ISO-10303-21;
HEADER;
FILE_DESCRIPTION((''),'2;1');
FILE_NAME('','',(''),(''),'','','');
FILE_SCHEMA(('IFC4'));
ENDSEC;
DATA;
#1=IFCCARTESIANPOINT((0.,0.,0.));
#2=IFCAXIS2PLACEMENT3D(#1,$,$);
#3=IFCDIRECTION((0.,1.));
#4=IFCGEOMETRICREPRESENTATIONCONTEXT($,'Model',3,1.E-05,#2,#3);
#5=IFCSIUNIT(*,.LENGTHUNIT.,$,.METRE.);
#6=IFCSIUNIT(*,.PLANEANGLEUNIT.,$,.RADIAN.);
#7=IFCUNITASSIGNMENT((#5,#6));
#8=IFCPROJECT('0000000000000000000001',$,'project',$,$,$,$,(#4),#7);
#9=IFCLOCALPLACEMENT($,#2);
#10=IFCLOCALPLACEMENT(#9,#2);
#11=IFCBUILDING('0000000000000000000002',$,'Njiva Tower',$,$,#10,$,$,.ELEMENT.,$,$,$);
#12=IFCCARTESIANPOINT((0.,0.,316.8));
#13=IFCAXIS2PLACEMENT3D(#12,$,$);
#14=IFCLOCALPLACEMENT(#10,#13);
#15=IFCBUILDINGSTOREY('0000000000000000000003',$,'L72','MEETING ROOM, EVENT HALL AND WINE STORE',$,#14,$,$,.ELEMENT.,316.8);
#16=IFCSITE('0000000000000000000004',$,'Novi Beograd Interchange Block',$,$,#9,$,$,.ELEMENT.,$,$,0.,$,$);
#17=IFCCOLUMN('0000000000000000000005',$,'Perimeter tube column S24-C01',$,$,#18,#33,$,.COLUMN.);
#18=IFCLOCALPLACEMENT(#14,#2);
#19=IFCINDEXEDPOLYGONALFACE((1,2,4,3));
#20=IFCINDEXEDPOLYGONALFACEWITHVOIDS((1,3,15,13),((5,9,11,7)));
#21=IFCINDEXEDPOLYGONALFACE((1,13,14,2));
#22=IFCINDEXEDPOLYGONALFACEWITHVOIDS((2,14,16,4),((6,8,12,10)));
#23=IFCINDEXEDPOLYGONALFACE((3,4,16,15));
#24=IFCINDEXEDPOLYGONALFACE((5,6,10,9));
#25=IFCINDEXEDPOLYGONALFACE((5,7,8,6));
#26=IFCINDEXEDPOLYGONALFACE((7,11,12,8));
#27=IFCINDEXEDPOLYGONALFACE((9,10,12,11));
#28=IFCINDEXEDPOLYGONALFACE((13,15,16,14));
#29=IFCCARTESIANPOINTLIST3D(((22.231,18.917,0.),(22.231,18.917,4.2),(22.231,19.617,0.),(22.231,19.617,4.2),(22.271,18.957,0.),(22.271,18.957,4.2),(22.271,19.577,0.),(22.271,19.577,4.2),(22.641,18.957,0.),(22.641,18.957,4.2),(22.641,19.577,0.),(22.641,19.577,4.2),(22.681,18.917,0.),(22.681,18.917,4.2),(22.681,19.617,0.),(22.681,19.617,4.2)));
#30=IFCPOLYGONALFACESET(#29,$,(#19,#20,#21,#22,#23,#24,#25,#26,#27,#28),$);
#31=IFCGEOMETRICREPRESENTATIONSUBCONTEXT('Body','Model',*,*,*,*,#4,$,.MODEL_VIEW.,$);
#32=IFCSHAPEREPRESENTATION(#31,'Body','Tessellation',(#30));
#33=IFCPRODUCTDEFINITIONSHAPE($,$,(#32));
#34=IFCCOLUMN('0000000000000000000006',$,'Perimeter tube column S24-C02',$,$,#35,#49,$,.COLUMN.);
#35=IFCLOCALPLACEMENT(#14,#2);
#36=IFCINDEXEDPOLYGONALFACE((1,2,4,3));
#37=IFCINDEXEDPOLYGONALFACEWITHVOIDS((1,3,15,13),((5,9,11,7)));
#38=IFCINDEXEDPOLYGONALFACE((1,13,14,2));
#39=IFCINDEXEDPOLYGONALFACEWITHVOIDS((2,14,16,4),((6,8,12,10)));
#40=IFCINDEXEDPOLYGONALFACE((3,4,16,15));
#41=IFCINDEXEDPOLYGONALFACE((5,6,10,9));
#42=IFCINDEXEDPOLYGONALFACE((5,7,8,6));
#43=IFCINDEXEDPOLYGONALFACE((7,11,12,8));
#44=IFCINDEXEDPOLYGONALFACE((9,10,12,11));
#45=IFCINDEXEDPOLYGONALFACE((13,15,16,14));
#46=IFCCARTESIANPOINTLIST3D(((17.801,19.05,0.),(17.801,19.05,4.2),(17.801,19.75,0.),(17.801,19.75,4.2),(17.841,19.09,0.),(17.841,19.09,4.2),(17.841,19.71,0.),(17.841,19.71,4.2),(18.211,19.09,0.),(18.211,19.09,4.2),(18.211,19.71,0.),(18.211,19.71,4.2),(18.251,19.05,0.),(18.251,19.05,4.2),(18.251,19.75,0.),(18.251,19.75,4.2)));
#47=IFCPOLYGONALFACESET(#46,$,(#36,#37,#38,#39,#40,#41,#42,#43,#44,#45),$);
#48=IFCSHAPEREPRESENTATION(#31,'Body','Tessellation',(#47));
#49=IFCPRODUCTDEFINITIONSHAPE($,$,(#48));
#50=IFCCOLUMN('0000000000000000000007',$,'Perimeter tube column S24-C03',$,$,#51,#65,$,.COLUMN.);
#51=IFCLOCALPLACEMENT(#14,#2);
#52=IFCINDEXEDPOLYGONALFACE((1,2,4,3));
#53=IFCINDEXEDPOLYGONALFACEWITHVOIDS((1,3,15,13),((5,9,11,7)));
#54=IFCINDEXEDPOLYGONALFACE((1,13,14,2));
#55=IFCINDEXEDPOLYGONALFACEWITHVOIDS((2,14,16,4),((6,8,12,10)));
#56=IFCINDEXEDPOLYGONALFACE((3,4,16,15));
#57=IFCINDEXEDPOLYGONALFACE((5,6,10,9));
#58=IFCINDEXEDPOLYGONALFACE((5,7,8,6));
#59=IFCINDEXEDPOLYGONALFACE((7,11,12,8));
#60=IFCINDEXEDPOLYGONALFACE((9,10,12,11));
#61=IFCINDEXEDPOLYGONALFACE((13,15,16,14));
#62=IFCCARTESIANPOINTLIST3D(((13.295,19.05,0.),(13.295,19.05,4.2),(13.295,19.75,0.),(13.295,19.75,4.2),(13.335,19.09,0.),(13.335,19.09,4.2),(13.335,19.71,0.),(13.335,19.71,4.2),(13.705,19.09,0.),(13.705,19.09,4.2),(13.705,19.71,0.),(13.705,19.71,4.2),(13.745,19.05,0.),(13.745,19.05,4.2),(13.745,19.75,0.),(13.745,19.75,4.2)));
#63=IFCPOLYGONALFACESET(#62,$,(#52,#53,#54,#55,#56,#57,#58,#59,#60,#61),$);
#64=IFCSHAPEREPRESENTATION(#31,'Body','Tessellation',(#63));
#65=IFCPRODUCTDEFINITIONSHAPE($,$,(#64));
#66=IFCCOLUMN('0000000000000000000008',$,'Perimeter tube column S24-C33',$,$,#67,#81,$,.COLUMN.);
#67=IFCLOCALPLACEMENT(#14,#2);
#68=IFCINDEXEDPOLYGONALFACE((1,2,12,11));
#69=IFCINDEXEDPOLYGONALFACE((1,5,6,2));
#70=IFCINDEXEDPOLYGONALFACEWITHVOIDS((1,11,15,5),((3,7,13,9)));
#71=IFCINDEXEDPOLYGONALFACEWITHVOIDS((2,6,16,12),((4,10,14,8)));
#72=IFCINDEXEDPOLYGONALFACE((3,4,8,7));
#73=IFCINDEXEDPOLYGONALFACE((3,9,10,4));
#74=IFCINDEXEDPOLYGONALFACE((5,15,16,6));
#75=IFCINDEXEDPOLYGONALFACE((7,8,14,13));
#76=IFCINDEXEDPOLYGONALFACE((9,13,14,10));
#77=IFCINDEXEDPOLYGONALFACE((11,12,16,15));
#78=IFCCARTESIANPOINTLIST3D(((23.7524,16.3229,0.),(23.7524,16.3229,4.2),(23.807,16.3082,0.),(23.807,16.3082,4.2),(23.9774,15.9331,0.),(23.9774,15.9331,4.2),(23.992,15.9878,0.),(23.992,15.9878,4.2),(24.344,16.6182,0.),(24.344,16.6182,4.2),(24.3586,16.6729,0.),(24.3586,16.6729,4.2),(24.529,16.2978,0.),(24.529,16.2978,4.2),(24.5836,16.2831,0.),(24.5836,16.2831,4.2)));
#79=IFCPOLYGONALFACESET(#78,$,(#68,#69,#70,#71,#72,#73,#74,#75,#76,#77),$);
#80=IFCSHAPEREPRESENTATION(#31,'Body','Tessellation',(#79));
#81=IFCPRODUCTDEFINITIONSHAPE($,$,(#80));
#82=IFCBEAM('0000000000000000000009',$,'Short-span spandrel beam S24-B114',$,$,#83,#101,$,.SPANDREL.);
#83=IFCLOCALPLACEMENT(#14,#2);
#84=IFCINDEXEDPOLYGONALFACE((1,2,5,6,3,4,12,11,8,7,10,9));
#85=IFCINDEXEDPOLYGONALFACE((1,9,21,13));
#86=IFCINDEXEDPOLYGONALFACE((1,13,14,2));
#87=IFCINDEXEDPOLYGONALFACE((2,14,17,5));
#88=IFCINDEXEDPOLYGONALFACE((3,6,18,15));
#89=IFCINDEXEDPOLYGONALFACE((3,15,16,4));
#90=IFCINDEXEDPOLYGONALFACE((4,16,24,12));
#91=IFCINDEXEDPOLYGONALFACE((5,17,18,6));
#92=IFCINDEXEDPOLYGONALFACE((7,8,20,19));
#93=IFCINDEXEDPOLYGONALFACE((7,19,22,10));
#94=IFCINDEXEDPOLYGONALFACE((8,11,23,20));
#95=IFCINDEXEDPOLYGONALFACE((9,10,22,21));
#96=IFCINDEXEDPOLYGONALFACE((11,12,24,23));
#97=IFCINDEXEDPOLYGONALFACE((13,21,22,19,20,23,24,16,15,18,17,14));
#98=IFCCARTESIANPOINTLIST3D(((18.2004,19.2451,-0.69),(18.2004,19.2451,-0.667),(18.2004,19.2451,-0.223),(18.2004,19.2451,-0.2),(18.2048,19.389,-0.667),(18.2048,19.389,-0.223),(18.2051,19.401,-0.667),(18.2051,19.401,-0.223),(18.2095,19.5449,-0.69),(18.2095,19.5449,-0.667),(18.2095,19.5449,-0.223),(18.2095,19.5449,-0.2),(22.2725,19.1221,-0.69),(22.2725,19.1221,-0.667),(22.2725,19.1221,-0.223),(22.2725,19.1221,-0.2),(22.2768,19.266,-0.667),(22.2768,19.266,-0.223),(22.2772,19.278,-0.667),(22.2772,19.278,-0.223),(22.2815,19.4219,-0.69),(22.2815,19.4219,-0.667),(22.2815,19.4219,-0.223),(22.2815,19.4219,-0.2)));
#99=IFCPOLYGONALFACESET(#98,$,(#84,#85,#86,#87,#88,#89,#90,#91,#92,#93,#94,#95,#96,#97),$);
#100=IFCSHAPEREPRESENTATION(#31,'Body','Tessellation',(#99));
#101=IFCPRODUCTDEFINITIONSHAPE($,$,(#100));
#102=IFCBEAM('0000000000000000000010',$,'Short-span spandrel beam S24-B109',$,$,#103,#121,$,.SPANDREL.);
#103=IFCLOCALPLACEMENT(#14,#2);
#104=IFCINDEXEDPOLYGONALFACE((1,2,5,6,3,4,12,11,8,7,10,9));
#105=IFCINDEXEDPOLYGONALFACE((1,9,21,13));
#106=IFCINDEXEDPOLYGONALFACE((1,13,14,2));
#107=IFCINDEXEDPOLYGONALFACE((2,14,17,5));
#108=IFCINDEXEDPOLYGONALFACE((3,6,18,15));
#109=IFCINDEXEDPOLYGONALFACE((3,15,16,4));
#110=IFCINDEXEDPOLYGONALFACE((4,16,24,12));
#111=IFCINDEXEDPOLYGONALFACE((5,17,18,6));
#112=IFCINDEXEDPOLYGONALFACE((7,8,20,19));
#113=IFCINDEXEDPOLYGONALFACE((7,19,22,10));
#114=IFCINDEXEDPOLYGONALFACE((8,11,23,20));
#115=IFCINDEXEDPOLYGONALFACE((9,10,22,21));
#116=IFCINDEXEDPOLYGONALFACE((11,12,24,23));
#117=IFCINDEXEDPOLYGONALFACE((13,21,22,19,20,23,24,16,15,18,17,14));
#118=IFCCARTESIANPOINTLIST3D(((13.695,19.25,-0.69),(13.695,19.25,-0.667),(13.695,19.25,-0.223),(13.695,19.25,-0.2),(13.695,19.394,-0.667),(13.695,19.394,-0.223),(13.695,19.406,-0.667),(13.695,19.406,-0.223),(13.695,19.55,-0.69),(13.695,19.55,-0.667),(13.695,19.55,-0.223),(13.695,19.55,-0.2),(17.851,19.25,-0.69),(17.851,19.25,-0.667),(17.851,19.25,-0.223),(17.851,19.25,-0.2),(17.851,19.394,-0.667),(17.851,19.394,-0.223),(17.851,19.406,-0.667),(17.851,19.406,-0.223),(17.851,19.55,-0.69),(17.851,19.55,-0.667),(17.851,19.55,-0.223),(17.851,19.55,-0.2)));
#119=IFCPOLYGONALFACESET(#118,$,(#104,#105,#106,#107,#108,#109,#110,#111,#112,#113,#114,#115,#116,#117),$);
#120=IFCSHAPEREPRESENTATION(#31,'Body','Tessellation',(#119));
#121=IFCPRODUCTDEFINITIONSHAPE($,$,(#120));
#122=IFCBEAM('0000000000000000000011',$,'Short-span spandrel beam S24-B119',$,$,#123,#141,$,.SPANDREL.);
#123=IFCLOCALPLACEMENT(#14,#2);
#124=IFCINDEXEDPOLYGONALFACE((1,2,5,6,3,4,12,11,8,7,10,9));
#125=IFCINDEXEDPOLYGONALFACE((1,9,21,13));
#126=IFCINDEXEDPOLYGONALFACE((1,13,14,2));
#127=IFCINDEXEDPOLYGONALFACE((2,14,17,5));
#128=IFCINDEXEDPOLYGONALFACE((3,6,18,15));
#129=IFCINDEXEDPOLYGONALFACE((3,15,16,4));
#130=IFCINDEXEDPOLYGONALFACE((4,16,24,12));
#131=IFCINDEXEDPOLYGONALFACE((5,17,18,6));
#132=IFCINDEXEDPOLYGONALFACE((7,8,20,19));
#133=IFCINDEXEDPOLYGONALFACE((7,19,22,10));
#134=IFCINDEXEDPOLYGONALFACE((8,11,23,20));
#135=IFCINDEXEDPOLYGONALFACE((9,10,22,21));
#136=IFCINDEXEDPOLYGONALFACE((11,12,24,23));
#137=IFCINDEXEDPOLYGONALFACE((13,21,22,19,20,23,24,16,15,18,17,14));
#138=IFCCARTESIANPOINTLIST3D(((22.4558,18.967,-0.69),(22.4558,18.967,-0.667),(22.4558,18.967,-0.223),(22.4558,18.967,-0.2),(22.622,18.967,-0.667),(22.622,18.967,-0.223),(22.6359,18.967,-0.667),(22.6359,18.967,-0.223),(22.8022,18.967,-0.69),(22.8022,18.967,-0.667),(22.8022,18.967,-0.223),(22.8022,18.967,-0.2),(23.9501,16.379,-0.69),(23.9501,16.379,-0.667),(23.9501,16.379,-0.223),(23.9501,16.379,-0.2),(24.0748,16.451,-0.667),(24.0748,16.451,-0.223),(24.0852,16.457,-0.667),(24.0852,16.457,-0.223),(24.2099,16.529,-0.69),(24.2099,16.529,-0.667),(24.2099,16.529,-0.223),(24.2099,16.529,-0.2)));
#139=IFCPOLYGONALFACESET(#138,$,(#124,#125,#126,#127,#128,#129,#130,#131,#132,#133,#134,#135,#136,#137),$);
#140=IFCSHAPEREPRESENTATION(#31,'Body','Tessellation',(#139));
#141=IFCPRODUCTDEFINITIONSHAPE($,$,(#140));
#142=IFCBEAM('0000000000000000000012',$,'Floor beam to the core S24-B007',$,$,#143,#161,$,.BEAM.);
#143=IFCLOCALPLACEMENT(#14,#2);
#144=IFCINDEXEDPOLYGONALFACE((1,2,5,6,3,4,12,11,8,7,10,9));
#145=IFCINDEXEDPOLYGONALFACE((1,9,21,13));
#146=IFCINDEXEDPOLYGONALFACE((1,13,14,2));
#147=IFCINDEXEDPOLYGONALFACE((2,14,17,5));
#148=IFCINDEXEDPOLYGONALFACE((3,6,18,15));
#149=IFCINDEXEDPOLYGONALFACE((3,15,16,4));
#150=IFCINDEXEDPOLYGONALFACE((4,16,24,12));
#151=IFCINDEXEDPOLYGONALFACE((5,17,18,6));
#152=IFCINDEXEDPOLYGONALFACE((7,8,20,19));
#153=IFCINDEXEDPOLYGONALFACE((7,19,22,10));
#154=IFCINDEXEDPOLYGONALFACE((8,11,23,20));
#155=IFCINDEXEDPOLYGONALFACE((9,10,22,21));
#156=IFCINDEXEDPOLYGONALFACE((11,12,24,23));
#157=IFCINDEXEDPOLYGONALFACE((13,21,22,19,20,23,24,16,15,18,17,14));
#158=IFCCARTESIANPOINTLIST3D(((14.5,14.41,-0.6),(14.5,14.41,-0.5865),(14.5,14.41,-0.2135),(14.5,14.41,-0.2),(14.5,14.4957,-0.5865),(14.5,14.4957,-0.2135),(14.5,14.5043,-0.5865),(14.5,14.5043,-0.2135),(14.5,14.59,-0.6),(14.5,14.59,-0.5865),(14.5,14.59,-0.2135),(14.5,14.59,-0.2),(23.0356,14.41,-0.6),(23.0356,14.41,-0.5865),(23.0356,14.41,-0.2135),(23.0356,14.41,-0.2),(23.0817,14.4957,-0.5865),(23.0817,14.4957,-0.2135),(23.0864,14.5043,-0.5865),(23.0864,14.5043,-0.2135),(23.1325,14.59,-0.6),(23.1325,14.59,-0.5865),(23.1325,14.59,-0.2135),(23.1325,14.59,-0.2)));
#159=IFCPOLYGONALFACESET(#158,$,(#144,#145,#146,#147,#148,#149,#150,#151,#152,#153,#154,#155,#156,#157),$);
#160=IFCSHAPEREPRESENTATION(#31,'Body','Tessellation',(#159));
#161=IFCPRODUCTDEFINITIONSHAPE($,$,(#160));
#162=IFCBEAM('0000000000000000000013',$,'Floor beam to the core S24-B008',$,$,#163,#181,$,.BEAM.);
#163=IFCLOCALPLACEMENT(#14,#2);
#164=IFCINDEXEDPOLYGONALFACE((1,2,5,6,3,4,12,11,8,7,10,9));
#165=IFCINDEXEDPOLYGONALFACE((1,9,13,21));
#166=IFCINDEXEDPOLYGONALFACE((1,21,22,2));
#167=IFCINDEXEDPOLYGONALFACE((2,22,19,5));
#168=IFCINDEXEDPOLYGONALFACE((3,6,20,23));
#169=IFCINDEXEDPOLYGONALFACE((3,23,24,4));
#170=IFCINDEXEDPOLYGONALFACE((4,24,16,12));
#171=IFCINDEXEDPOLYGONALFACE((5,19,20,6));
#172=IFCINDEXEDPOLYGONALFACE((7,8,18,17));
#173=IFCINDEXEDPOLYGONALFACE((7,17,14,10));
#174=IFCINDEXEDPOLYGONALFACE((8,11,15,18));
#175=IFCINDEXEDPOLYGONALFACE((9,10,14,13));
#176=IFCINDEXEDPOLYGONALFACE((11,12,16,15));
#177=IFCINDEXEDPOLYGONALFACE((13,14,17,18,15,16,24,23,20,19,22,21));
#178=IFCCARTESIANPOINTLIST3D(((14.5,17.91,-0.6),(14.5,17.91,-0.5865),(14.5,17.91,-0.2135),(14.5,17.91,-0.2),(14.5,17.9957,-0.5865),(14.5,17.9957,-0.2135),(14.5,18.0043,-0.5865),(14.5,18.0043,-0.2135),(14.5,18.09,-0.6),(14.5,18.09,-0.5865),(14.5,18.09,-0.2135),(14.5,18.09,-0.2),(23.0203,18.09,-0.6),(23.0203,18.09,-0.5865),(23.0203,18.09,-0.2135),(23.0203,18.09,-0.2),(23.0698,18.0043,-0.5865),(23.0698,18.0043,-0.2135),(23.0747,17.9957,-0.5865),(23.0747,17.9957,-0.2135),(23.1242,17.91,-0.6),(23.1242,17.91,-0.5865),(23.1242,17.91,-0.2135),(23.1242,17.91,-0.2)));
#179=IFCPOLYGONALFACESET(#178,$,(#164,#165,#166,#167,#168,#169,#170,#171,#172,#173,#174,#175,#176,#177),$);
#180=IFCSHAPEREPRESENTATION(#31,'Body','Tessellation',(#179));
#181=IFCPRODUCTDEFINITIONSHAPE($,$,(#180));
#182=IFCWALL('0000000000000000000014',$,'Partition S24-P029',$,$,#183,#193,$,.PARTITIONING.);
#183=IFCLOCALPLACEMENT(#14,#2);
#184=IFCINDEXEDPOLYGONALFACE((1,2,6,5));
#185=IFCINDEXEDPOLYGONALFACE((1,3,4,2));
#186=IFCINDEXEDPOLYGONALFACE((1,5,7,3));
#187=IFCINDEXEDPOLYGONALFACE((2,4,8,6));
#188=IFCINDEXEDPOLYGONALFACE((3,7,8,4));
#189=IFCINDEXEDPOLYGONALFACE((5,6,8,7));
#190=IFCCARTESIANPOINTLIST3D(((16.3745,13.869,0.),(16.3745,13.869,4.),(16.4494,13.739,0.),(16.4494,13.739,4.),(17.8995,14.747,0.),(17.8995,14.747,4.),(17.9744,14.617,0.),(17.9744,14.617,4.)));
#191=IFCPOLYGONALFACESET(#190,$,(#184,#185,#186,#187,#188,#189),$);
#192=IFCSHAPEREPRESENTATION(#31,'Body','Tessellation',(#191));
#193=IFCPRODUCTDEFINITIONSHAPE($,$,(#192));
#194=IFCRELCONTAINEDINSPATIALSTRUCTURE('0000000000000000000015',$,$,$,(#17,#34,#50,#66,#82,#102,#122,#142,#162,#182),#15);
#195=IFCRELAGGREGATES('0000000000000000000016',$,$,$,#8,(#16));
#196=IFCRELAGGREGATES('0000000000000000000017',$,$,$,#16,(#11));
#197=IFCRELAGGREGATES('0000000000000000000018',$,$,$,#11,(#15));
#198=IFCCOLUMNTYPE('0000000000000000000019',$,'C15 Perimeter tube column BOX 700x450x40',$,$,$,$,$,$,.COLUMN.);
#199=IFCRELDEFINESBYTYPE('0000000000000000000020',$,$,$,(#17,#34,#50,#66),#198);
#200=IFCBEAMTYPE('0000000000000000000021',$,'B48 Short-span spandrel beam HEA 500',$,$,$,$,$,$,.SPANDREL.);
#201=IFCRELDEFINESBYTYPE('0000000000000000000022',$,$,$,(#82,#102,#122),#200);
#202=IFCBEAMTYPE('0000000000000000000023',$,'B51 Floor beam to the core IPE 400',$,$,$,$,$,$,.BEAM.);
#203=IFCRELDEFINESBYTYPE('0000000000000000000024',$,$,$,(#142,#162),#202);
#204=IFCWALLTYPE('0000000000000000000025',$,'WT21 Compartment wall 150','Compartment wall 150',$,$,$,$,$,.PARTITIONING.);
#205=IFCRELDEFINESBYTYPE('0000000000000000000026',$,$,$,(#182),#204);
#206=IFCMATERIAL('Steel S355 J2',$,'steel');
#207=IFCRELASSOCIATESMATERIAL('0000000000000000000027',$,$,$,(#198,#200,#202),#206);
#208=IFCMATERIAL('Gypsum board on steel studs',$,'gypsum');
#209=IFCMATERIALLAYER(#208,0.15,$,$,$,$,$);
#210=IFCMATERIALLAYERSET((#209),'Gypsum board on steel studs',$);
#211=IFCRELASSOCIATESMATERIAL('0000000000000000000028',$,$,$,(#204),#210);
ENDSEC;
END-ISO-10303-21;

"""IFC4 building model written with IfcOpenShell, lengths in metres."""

from ifc_helpers import new_model, si_unit, direction, frame, frame_2d, origin, origin_2d, place, context, subcontext, project, spatial, rectangle, hollow_rectangle, i_section, extrude, clip, halfspace, material, layer, layer_set, material_profile, profile_set, type_object, element, save


model = new_model("IFC4")

# Units and contexts
model_context = context("Model", 3, precision=1e-05, world=origin(), true_north=direction((0.0, 1.0)))
body_context = subcontext(model_context, "Body", "Model", "MODEL_VIEW")
ifc_project = project(units=[si_unit("LENGTHUNIT", "METRE"), si_unit("PLANEANGLEUNIT", "RADIAN")], contexts=[model_context])

# Site, building, storey
site_placement = place(None, origin())
site = spatial("IfcSite", under=ifc_project, at=site_placement, Name="Novi Beograd Interchange Block", CompositionType="ELEMENT", RefElevation=0.0)
building_placement = place(site_placement, origin())
building = spatial("IfcBuilding", under=site, at=building_placement, Name="Njiva Tower", CompositionType="ELEMENT")
storey_placement = place(building_placement, frame((0.0, 0.0, 316.8)))
storey = spatial("IfcBuildingStorey", under=building, at=storey_placement, Name="L72", Description="MEETING ROOM, EVENT HALL AND WINE STORE", CompositionType="ELEMENT", Elevation=316.8)

# Columns
ifc_material_1 = material(Name="Steel S355 J2", Category="steel")
ifc_material_profile_1 = material_profile(ifc_material_1, hollow_rectangle(XDim=0.45, YDim=0.7, WallThickness=0.04, at=origin_2d()), Name="BOX 700x450x40")
ifc_profile_set_1 = profile_set([ifc_material_profile_1], Name="Steel S355 J2")
column_type = type_object("IfcColumnType", Name="C15 Perimeter tube column BOX 700x450x40", PredefinedType="COLUMN", material=ifc_profile_set_1)
for number, where, z_axis, x_axis, name in (
    (1, (22.456, 19.267, 0.0), (0.0, 0.0, 1.0), (-1.0, 0.0, 0.0), "Perimeter tube column S24-C01"),
    (2, (18.026, 19.4, 0.0), (0.0, 0.0, 1.0), (-1.0, 0.0, 0.0), "Perimeter tube column S24-C02"),
    (3, (13.52, 19.4, 0.0), (0.0, 0.0, 1.0), (-1.0, 0.0, 0.0), "Perimeter tube column S24-C03"),
    (4, (24.168, 16.303, 0.0), (0.0, 0.0, 1.0), (-0.5, 0.866025, 0.0), "Perimeter tube column S24-C33"),
):
    element("IfcColumn", number, at=place(storey_placement, frame(where, z_axis=z_axis, x_axis=x_axis)), inside=storey, type_object=column_type, Name=name, PredefinedType="COLUMN", context=body_context, shape_type="SweptSolid", body=[
        extrude(hollow_rectangle(XDim=0.45, YDim=0.7, WallThickness=0.04, at=origin_2d()), origin(), (0.0, 0.0, 1.0), 4.2),
    ])

# Beams
ifc_material_profile_2 = material_profile(ifc_material_1, i_section(OverallWidth=0.3, OverallDepth=0.49, WebThickness=0.012, FlangeThickness=0.023, at=origin_2d()), Name="HEA 500")
ifc_profile_set_2 = profile_set([ifc_material_profile_2], Name="Steel S355 J2")
beam_type_1 = type_object("IfcBeamType", Name="B48 Short-span spandrel beam HEA 500", PredefinedType="SPANDREL", material=ifc_profile_set_2)
beam_1_placement = place(storey_placement, frame((22.277, 19.272, -0.445), z_axis=(-0.999544, 0.030193, 0.0), x_axis=(-0.030193, -0.999544, 0.0)))
element("IfcBeam", 5, at=beam_1_placement, inside=storey, type_object=beam_type_1, Name="Short-span spandrel beam S24-B114", PredefinedType="SPANDREL", context=body_context, shape_type="SweptSolid", body=[
    extrude(i_section(OverallWidth=0.3, OverallDepth=0.49, WebThickness=0.012, FlangeThickness=0.023, at=origin_2d()), origin(), (0.0, 0.0, 1.0), 4.0739),
])
beam_2_placement = place(storey_placement, frame((17.851, 19.4, -0.445), z_axis=(-1.0, 0.0, 0.0), x_axis=(0.0, -1.0, 0.0)))
element("IfcBeam", 6, at=beam_2_placement, inside=storey, type_object=beam_type_1, Name="Short-span spandrel beam S24-B109", PredefinedType="SPANDREL", context=body_context, shape_type="SweptSolid", body=[
    extrude(i_section(OverallWidth=0.3, OverallDepth=0.49, WebThickness=0.012, FlangeThickness=0.023, at=origin_2d()), origin(), (0.0, 0.0, 1.0), 4.156),
])
beam_3_placement = place(storey_placement, frame((24.08, 16.454, -0.445), z_axis=(-0.500031, 0.866008, 0.0), x_axis=(-0.866008, -0.500031, 0.0)))
element("IfcBeam", 7, at=beam_3_placement, inside=storey, type_object=beam_type_1, Name="Short-span spandrel beam S24-B119", PredefinedType="SPANDREL", context=body_context, shape_type="Clipping", body=[
    clip(extrude(i_section(OverallWidth=0.3, OverallDepth=0.49, WebThickness=0.012, FlangeThickness=0.023, at=origin_2d()), origin(), (0.0, 0.0, 1.0), 3.0088), halfspace(frame((-0.0254, 0.0, 2.8872), z_axis=(-0.500031, 0.0, 0.866008), x_axis=(0.0, 1.0, 0.0)), False)),
])
ifc_material_profile_3 = material_profile(ifc_material_1, i_section(OverallWidth=0.18, OverallDepth=0.4, WebThickness=0.0086, FlangeThickness=0.0135, at=origin_2d()), Name="IPE 400")
ifc_profile_set_3 = profile_set([ifc_material_profile_3], Name="Steel S355 J2")
beam_type_2 = type_object("IfcBeamType", Name="B51 Floor beam to the core IPE 400", PredefinedType="BEAM", material=ifc_profile_set_3)
beam_4_placement = place(storey_placement, frame((14.5, 14.5, -0.4), z_axis=(1.0, 0.0, 0.0), x_axis=(0.0, 1.0, 0.0)))
element("IfcBeam", 8, at=beam_4_placement, inside=storey, type_object=beam_type_2, Name="Floor beam to the core S24-B007", PredefinedType="BEAM", context=body_context, shape_type="Clipping", body=[
    clip(extrude(i_section(OverallWidth=0.18, OverallDepth=0.4, WebThickness=0.0086, FlangeThickness=0.0135, at=origin_2d()), origin(), (0.0, 0.0, 1.0), 8.652), halfspace(frame((-0.0237, 0.0, 8.5713), z_axis=(-0.473762, 0.0, 0.880653), x_axis=(0.0, 1.0, 0.0)), False)),
])
beam_5_placement = place(storey_placement, frame((14.5, 18.0, -0.4), z_axis=(1.0, 0.0, 0.0), x_axis=(0.0, 1.0, 0.0)))
element("IfcBeam", 9, at=beam_5_placement, inside=storey, type_object=beam_type_2, Name="Floor beam to the core S24-B008", PredefinedType="BEAM", context=body_context, shape_type="Clipping", body=[
    clip(extrude(i_section(OverallWidth=0.18, OverallDepth=0.4, WebThickness=0.0086, FlangeThickness=0.0135, at=origin_2d()), origin(), (0.0, 0.0, 1.0), 8.644), halfspace(frame((0.025, 0.0, 8.5578), z_axis=(0.499998, 0.0, 0.866027), x_axis=(0.0, 1.0, 0.0)), False)),
])

# Wall
ifc_material_2 = material(Name="Gypsum board on steel studs", Category="gypsum")
ifc_layer_1 = layer(ifc_material_2, 0.15)
ifc_layer_set_1 = layer_set([ifc_layer_1], Name="Gypsum board on steel studs")
wall_type_1 = type_object("IfcWallType", Name="WT21 Compartment wall 150", Description="Compartment wall 150", PredefinedType="PARTITIONING", material=ifc_layer_set_1)
wall_1_placement = place(storey_placement, frame((16.412, 13.804, 0.0), z_axis=(0.0, 0.0, 1.0), x_axis=(0.86663, 0.498952, 0.0)))
element("IfcWall", 10, at=wall_1_placement, inside=storey, type_object=wall_type_1, Name="Partition S24-P029", PredefinedType="PARTITIONING", context=body_context, shape_type="SweptSolid", body=[
    extrude(rectangle(XDim=1.7597, YDim=0.15, at=frame_2d((0.8798, 0.0))), origin(), (0.0, 0.0, 1.0), 4.0),
])

save(model, "model.ifc")
